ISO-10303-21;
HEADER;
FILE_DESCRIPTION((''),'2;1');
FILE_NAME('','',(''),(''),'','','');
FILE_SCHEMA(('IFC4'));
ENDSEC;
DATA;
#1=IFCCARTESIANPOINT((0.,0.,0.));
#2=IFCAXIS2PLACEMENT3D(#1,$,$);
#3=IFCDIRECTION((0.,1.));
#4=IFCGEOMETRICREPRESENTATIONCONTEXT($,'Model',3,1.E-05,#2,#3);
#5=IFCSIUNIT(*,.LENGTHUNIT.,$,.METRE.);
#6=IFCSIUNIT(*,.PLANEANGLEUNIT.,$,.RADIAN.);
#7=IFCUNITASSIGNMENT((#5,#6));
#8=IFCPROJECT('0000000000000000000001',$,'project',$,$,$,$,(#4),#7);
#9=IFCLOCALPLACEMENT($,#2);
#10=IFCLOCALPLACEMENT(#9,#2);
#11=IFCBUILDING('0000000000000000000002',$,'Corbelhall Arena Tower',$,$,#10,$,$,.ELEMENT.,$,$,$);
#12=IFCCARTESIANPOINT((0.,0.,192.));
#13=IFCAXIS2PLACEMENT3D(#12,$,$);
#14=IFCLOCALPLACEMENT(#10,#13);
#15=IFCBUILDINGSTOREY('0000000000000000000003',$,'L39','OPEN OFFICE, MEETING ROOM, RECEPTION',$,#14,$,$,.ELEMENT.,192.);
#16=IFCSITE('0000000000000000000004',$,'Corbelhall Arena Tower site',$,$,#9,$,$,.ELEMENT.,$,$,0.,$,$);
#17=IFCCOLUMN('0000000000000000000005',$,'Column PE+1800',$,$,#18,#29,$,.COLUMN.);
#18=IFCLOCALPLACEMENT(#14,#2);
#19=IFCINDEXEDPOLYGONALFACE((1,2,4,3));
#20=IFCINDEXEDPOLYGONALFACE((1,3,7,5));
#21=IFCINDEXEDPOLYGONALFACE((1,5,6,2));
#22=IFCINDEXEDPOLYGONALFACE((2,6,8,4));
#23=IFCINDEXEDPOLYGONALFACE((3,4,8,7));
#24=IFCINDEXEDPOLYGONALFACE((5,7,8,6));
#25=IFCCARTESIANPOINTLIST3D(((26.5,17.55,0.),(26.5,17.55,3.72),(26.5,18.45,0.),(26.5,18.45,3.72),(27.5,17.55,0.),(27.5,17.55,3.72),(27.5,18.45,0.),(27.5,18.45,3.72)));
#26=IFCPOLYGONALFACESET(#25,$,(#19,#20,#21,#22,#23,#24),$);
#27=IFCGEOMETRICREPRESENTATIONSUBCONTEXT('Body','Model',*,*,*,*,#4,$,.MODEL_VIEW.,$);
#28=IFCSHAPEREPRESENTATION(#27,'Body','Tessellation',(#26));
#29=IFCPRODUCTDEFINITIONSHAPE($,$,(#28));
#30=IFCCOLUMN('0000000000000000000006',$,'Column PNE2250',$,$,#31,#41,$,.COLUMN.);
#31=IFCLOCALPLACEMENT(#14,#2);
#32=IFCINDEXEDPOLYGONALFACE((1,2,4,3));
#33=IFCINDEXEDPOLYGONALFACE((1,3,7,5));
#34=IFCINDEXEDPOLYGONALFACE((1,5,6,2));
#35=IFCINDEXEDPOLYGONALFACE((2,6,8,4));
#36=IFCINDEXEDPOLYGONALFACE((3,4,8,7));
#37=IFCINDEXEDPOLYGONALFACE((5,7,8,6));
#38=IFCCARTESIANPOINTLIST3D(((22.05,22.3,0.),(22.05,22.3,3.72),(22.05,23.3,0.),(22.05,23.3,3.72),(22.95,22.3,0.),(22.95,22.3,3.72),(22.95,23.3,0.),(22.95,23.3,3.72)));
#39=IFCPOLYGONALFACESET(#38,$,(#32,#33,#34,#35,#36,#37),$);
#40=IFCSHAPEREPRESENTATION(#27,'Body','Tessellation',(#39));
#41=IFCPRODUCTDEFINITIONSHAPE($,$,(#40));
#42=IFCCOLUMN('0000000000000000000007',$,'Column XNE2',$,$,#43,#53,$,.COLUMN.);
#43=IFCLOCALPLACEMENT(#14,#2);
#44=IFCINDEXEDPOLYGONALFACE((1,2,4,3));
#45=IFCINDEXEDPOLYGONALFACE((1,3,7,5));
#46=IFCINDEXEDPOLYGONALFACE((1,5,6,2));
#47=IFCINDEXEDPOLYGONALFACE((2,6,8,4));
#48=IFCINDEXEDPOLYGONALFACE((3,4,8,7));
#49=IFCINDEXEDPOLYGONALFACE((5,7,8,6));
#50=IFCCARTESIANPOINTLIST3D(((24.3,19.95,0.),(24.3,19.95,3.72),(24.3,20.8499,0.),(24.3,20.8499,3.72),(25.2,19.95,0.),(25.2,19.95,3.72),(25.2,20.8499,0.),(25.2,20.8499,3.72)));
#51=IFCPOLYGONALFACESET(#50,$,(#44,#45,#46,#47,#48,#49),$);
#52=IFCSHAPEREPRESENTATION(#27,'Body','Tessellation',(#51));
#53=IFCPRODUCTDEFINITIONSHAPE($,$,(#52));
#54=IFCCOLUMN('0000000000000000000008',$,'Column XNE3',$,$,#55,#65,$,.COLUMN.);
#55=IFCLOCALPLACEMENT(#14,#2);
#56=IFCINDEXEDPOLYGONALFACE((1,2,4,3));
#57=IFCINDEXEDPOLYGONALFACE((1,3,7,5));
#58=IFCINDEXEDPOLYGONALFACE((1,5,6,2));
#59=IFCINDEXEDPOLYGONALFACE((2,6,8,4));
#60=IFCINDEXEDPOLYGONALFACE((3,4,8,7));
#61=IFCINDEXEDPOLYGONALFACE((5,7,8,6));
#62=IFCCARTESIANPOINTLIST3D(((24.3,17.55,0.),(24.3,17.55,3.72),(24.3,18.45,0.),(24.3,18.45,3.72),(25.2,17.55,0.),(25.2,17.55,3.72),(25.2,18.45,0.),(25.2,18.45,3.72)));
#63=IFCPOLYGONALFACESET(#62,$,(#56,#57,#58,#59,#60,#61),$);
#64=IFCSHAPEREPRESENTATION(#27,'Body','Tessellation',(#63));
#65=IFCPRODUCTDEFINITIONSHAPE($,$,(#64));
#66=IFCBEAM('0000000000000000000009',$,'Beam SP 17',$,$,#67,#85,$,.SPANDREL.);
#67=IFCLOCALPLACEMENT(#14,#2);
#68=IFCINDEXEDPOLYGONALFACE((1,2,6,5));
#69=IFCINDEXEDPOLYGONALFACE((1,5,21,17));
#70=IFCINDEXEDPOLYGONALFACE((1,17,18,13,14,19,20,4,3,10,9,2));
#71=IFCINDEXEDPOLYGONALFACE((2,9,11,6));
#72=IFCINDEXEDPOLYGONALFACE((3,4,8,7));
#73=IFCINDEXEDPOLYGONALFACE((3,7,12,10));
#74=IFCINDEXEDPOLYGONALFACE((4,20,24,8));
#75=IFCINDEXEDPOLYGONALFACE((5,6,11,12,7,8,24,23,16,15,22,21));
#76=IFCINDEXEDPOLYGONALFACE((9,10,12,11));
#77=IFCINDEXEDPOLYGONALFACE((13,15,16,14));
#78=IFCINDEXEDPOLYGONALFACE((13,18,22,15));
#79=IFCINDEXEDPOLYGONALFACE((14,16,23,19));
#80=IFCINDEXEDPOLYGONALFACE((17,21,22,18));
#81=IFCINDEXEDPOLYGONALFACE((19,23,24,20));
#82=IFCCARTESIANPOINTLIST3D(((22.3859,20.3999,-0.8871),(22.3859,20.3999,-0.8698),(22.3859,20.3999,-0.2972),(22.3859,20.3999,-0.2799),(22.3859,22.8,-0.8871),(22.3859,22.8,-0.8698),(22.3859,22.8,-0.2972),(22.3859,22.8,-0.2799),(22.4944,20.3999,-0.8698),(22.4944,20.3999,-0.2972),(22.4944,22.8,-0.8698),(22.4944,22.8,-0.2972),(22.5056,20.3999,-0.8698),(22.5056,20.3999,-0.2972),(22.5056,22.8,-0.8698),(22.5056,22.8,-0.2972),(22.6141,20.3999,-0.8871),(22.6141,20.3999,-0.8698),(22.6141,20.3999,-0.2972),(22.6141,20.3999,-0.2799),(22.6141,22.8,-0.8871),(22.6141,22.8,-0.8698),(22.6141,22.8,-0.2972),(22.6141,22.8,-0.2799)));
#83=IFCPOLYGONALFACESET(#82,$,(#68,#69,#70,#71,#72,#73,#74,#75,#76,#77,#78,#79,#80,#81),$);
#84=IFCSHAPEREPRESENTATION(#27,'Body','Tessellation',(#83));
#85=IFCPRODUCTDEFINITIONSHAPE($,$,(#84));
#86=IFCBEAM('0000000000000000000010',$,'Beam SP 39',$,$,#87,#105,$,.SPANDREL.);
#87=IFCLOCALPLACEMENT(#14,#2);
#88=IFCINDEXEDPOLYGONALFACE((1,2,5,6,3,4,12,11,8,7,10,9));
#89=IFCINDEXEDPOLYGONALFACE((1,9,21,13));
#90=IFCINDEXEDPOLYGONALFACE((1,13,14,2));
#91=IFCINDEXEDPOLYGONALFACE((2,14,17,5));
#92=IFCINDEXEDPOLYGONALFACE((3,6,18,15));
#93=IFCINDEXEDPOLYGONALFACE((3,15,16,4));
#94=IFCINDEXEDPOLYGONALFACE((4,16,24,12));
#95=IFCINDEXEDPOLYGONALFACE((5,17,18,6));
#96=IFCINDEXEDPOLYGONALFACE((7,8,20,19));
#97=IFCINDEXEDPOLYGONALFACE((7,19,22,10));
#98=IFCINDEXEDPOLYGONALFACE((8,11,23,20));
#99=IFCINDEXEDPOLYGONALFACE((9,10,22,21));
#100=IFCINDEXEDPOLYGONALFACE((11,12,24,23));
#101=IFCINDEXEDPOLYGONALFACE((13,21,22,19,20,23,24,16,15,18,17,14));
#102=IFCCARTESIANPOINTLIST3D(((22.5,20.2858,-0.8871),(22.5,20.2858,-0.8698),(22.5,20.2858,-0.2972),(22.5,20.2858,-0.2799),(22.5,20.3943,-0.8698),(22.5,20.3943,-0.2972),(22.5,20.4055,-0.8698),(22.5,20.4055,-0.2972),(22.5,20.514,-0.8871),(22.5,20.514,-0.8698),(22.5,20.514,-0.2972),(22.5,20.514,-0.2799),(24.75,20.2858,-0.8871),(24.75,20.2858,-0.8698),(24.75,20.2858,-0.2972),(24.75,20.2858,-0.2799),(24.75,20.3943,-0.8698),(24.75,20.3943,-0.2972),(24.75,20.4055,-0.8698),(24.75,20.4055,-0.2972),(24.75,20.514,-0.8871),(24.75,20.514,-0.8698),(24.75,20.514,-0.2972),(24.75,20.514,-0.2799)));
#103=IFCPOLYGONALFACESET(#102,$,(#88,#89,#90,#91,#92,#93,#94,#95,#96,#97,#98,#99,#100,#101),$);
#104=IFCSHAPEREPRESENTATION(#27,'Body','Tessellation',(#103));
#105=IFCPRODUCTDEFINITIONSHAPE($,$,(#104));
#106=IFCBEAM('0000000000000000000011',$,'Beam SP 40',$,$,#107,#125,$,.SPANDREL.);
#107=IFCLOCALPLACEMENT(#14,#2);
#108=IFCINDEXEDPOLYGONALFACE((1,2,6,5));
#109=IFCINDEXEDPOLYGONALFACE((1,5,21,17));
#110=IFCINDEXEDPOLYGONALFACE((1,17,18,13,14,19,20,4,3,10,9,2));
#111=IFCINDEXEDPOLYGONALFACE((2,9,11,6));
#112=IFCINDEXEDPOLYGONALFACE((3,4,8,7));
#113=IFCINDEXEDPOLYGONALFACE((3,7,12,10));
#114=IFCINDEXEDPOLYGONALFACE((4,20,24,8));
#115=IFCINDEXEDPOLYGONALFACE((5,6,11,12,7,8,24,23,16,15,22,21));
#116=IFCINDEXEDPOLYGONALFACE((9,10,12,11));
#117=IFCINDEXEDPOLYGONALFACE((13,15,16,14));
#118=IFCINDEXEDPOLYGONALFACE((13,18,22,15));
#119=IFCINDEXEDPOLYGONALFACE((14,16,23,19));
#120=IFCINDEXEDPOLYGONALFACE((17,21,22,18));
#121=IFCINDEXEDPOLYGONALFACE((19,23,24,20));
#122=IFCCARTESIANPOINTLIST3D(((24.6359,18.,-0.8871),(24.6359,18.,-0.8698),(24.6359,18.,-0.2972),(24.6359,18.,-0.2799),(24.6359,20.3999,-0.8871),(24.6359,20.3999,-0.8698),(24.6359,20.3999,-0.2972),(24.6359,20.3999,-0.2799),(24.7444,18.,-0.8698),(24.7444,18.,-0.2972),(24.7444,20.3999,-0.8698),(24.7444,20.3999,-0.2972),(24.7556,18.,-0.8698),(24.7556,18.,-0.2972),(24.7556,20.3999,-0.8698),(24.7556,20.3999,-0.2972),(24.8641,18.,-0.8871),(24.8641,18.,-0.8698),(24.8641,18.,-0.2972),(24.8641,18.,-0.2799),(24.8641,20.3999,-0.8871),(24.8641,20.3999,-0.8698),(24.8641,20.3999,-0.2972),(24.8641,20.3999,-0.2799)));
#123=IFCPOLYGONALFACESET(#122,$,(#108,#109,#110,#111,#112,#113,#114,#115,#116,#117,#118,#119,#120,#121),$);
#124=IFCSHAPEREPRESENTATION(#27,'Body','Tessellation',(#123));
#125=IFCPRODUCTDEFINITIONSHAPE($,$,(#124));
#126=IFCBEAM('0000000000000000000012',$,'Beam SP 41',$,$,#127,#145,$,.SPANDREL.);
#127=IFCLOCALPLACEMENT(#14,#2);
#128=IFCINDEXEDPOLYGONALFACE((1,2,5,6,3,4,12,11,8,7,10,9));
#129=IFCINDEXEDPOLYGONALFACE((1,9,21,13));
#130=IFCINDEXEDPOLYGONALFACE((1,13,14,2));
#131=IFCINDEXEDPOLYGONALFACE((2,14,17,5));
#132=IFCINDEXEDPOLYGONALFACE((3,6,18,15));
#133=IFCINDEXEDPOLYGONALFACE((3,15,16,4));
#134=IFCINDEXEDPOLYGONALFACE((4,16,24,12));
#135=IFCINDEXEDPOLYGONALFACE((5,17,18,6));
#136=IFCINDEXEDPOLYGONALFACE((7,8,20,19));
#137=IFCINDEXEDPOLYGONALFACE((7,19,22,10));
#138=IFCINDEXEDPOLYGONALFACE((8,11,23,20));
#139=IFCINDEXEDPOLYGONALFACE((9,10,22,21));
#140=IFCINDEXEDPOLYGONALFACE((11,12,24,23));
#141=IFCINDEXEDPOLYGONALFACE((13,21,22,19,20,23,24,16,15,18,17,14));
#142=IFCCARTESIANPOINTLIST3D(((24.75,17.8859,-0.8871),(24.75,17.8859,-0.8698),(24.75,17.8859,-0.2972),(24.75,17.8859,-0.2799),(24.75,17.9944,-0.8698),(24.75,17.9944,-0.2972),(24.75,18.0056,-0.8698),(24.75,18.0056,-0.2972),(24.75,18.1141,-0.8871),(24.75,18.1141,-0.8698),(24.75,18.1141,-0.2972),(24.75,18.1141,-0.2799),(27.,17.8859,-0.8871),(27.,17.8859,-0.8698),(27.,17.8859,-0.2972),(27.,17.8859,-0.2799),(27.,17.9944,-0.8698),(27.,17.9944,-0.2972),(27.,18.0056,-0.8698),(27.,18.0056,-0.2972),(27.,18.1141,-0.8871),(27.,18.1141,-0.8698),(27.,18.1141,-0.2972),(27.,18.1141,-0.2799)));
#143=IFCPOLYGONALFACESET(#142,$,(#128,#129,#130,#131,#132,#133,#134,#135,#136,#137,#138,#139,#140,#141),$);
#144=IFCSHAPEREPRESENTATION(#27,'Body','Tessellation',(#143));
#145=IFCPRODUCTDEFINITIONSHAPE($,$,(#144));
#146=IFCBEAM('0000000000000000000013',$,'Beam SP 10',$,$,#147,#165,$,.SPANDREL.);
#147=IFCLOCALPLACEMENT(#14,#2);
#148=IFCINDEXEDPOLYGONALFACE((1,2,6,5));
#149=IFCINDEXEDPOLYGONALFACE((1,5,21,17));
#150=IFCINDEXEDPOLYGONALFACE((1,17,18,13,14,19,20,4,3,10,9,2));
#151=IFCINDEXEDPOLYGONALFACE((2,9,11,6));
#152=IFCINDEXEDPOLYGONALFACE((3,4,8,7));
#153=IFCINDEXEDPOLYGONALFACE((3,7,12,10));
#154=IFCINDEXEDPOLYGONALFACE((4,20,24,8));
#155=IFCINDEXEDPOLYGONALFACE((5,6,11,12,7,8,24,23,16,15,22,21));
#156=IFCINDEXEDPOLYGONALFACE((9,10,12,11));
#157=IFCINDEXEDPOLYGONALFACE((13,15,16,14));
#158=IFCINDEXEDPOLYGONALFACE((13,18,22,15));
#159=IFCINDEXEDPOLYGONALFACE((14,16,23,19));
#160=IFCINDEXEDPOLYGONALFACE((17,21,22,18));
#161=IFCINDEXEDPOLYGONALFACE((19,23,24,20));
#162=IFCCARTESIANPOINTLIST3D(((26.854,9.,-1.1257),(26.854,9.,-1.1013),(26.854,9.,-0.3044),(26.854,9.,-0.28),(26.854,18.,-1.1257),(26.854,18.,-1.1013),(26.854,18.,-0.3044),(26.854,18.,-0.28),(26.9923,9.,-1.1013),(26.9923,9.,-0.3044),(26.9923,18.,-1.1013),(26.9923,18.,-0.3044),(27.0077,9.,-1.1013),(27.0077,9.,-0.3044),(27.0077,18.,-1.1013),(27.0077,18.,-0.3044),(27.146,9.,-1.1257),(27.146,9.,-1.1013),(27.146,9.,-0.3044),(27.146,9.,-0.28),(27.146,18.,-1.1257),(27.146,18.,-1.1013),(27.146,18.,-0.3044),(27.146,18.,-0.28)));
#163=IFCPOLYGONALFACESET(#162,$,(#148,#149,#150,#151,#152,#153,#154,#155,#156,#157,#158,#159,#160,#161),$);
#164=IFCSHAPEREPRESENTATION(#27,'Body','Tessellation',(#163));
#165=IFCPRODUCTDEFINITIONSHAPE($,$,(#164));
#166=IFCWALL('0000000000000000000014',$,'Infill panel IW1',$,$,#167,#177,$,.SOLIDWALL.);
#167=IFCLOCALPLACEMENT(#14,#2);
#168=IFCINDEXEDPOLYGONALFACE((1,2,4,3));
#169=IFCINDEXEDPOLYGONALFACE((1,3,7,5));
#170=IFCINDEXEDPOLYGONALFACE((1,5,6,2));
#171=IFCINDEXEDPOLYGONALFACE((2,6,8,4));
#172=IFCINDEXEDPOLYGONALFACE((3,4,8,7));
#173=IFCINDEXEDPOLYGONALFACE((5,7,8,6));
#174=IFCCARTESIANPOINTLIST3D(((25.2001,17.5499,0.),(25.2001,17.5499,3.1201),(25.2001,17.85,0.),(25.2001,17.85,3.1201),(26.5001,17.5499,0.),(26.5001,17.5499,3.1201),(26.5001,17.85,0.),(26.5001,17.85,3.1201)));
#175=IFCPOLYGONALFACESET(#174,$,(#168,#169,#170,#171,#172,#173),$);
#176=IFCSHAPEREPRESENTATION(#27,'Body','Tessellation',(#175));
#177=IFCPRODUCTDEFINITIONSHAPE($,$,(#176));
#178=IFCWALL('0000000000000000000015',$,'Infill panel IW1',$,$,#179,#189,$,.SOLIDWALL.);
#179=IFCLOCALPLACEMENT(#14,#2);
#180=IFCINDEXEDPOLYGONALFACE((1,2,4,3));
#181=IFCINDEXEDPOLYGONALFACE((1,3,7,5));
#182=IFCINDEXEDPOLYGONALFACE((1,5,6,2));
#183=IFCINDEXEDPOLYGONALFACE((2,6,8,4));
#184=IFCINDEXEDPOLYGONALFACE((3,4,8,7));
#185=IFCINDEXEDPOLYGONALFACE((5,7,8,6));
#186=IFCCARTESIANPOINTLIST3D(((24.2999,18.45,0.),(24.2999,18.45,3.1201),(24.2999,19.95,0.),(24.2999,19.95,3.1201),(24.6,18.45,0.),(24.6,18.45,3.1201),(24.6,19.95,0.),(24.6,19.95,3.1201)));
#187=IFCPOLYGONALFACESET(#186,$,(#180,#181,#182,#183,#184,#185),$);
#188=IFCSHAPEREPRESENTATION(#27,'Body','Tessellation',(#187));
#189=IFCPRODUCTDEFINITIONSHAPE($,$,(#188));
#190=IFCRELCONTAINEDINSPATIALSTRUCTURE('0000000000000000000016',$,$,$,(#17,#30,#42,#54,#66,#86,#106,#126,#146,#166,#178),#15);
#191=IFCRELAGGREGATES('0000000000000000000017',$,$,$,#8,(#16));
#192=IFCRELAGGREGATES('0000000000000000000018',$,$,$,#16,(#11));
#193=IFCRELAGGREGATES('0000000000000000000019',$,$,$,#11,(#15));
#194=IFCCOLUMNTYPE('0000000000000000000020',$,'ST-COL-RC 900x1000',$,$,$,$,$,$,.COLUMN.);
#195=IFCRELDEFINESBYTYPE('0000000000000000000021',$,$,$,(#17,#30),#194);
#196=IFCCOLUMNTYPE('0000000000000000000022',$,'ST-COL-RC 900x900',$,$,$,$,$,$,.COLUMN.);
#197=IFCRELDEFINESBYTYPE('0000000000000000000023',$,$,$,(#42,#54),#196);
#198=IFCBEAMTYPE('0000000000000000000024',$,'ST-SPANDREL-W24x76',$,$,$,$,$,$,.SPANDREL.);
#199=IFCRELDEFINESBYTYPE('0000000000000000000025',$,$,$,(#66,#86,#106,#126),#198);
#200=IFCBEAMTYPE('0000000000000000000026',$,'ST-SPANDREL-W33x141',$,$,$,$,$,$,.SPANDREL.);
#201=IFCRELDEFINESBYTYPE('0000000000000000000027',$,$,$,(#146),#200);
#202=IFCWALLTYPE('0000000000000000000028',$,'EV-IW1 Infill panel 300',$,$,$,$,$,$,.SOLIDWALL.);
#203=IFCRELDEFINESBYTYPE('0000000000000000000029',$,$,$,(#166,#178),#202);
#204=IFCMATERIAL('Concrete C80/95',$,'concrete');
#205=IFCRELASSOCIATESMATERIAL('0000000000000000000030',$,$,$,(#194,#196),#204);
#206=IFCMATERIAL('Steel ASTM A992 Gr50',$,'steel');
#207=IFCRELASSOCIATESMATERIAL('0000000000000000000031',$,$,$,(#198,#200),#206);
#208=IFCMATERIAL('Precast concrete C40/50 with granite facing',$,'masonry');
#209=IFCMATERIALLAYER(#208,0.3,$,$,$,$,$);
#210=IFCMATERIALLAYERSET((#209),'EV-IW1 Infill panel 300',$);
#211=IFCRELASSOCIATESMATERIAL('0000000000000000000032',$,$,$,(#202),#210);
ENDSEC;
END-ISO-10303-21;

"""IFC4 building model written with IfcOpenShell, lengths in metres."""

from ifc_helpers import new_model, si_unit, direction, frame, frame_2d, origin, origin_2d, place, context, subcontext, project, spatial, rectangle, i_section, extrude, material, layer, layer_set, material_profile, profile_set, type_object, element, save


model = new_model("IFC4")

# Units and contexts
model_context = context("Model", 3, precision=1e-05, world=origin(), true_north=direction((0.0, 1.0)))
body_context = subcontext(model_context, "Body", "Model", "MODEL_VIEW")
ifc_project = project(units=[si_unit("LENGTHUNIT", "METRE"), si_unit("PLANEANGLEUNIT", "RADIAN")], contexts=[model_context])

# Site, building, storey
site_placement = place(None, origin())
site = spatial("IfcSite", under=ifc_project, at=site_placement, Name="Corbelhall Arena Tower site", CompositionType="ELEMENT", RefElevation=0.0)
building_placement = place(site_placement, origin())
building = spatial("IfcBuilding", under=site, at=building_placement, Name="Corbelhall Arena Tower", CompositionType="ELEMENT")
storey_placement = place(building_placement, frame((0.0, 0.0, 192.0)))
storey = spatial("IfcBuildingStorey", under=building, at=storey_placement, Name="L39", Description="OPEN OFFICE, MEETING ROOM, RECEPTION", CompositionType="ELEMENT", Elevation=192.0)

# Columns
ifc_material_1 = material(Name="Concrete C80/95", Category="concrete")
ifc_material_profile_1 = material_profile(ifc_material_1, rectangle(XDim=0.8999, YDim=1.0, at=origin_2d()))
ifc_profile_set_1 = profile_set([ifc_material_profile_1], Name="Concrete C80/95")
column_type_1 = type_object("IfcColumnType", Name="ST-COL-RC 900x1000", PredefinedType="COLUMN", material=ifc_profile_set_1)
for number, where, z_axis, x_axis, name in (
    (1, (27.0, 18.0, 0.0), (0.0, 0.0, 1.0), (0.0, 1.0, 0.0), "Column PE+1800"),
    (2, (22.5, 22.8, 0.0), (0.0, 0.0, 1.0), (1.0, 0.0, 0.0), "Column PNE2250"),
):
    element("IfcColumn", number, at=place(storey_placement, frame(where, z_axis=z_axis, x_axis=x_axis)), inside=storey, type_object=column_type_1, Name=name, PredefinedType="COLUMN", context=body_context, shape_type="SweptSolid", body=[
        extrude(rectangle(XDim=0.8999, YDim=1.0, at=origin_2d()), origin(), (0.0, 0.0, 1.0), 3.72),
    ])
ifc_material_profile_2 = material_profile(ifc_material_1, rectangle(XDim=0.8999, YDim=0.8999, at=origin_2d()))
ifc_profile_set_2 = profile_set([ifc_material_profile_2], Name="Concrete C80/95")
column_type_2 = type_object("IfcColumnType", Name="ST-COL-RC 900x900", PredefinedType="COLUMN", material=ifc_profile_set_2)
for number, where, z_axis, x_axis, name in (
    (3, (24.75, 20.3999, 0.0), (0.0, 0.0, 1.0), (1.0, 0.0, 0.0), "Column XNE2"),
    (4, (24.75, 18.0, 0.0), (0.0, 0.0, 1.0), (1.0, 0.0, 0.0), "Column XNE3"),
):
    element("IfcColumn", number, at=place(storey_placement, frame(where, z_axis=z_axis, x_axis=x_axis)), inside=storey, type_object=column_type_2, Name=name, PredefinedType="COLUMN", context=body_context, shape_type="SweptSolid", body=[
        extrude(rectangle(XDim=0.8999, YDim=0.8999, at=origin_2d()), origin(), (0.0, 0.0, 1.0), 3.72),
    ])

# Beams
ifc_material_2 = material(Name="Steel ASTM A992 Gr50", Category="steel")
ifc_material_profile_3 = material_profile(ifc_material_2, i_section(OverallWidth=0.2283, OverallDepth=0.6072, WebThickness=0.0112, FlangeThickness=0.0173, at=origin_2d()))
ifc_profile_set_3 = profile_set([ifc_material_profile_3], Name="Steel ASTM A992 Gr50")
beam_type_1 = type_object("IfcBeamType", Name="ST-SPANDREL-W24x76", PredefinedType="SPANDREL", material=ifc_profile_set_3)
beam_1_placement = place(storey_placement, frame((22.5, 22.8, -0.5835), z_axis=(0.0, -1.0, 0.0), x_axis=(1.0, 0.0, 0.0)))
element("IfcBeam", 5, at=beam_1_placement, inside=storey, type_object=beam_type_1, Name="Beam SP 17", PredefinedType="SPANDREL", context=body_context, shape_type="SweptSolid", body=[
    extrude(i_section(OverallWidth=0.2283, OverallDepth=0.6072, WebThickness=0.0112, FlangeThickness=0.0173, at=origin_2d()), origin(), (0.0, 0.0, 1.0), 2.4001),
])
beam_2_placement = place(storey_placement, frame((22.5, 20.3999, -0.5835), z_axis=(1.0, 0.0, 0.0), x_axis=(0.0, 1.0, 0.0)))
element("IfcBeam", 6, at=beam_2_placement, inside=storey, type_object=beam_type_1, Name="Beam SP 39", PredefinedType="SPANDREL", context=body_context, shape_type="SweptSolid", body=[
    extrude(i_section(OverallWidth=0.2283, OverallDepth=0.6072, WebThickness=0.0112, FlangeThickness=0.0173, at=origin_2d()), origin(), (0.0, 0.0, 1.0), 2.25),
])
beam_3_placement = place(storey_placement, frame((24.75, 20.3999, -0.5835), z_axis=(0.0, -1.0, 0.0), x_axis=(1.0, 0.0, 0.0)))
element("IfcBeam", 7, at=beam_3_placement, inside=storey, type_object=beam_type_1, Name="Beam SP 40", PredefinedType="SPANDREL", context=body_context, shape_type="SweptSolid", body=[
    extrude(i_section(OverallWidth=0.2283, OverallDepth=0.6072, WebThickness=0.0112, FlangeThickness=0.0173, at=origin_2d()), origin(), (0.0, 0.0, 1.0), 2.3999),
])
beam_4_placement = place(storey_placement, frame((24.75, 18.0, -0.5835), z_axis=(1.0, 0.0, 0.0), x_axis=(0.0, 1.0, 0.0)))
element("IfcBeam", 8, at=beam_4_placement, inside=storey, type_object=beam_type_1, Name="Beam SP 41", PredefinedType="SPANDREL", context=body_context, shape_type="SweptSolid", body=[
    extrude(i_section(OverallWidth=0.2283, OverallDepth=0.6072, WebThickness=0.0112, FlangeThickness=0.0173, at=origin_2d()), origin(), (0.0, 0.0, 1.0), 2.25),
])
ifc_material_profile_4 = material_profile(ifc_material_2, i_section(OverallWidth=0.292, OverallDepth=0.8457, WebThickness=0.0154, FlangeThickness=0.0244, at=origin_2d()))
ifc_profile_set_4 = profile_set([ifc_material_profile_4], Name="Steel ASTM A992 Gr50")
beam_type_2 = type_object("IfcBeamType", Name="ST-SPANDREL-W33x141", PredefinedType="SPANDREL", material=ifc_profile_set_4)
beam_5_placement = place(storey_placement, frame((27.0, 18.0, -0.7029), z_axis=(0.0, -1.0, 0.0), x_axis=(1.0, 0.0, 0.0)))
element("IfcBeam", 9, at=beam_5_placement, inside=storey, type_object=beam_type_2, Name="Beam SP 10", PredefinedType="SPANDREL", context=body_context, shape_type="SweptSolid", body=[
    extrude(i_section(OverallWidth=0.292, OverallDepth=0.8457, WebThickness=0.0154, FlangeThickness=0.0244, at=origin_2d()), origin(), (0.0, 0.0, 1.0), 9.0),
])

# Walls
ifc_material_3 = material(Name="Precast concrete C40/50 with granite facing", Category="masonry")
ifc_layer = layer(ifc_material_3, 0.3)
ifc_layer_set = layer_set([ifc_layer], Name="EV-IW1 Infill panel 300")
wall_type = type_object("IfcWallType", Name="EV-IW1 Infill panel 300", PredefinedType="SOLIDWALL", material=ifc_layer_set)
wall_1_placement = place(storey_placement, frame((26.5, 17.7, 0.0), z_axis=(0.0, 0.0, 1.0), x_axis=(-1.0, 0.0, 0.0)))
element("IfcWall", 10, at=wall_1_placement, inside=storey, type_object=wall_type, Name="Infill panel IW1", PredefinedType="SOLIDWALL", context=body_context, shape_type="SweptSolid", body=[
    extrude(rectangle(XDim=1.3, YDim=0.3, at=frame_2d((0.6499, 0.0))), origin(), (0.0, 0.0, 1.0), 3.1201),
])
wall_2_placement = place(storey_placement, frame((24.45, 18.45, 0.0), z_axis=(0.0, 0.0, 1.0), x_axis=(0.0, 1.0, 0.0)))
element("IfcWall", 11, at=wall_2_placement, inside=storey, type_object=wall_type, Name="Infill panel IW1", PredefinedType="SOLIDWALL", context=body_context, shape_type="SweptSolid", body=[
    extrude(rectangle(XDim=1.5, YDim=0.3, at=frame_2d((0.75, 0.0))), origin(), (0.0, 0.0, 1.0), 3.1201),
])

save(model, "model.ifc")
